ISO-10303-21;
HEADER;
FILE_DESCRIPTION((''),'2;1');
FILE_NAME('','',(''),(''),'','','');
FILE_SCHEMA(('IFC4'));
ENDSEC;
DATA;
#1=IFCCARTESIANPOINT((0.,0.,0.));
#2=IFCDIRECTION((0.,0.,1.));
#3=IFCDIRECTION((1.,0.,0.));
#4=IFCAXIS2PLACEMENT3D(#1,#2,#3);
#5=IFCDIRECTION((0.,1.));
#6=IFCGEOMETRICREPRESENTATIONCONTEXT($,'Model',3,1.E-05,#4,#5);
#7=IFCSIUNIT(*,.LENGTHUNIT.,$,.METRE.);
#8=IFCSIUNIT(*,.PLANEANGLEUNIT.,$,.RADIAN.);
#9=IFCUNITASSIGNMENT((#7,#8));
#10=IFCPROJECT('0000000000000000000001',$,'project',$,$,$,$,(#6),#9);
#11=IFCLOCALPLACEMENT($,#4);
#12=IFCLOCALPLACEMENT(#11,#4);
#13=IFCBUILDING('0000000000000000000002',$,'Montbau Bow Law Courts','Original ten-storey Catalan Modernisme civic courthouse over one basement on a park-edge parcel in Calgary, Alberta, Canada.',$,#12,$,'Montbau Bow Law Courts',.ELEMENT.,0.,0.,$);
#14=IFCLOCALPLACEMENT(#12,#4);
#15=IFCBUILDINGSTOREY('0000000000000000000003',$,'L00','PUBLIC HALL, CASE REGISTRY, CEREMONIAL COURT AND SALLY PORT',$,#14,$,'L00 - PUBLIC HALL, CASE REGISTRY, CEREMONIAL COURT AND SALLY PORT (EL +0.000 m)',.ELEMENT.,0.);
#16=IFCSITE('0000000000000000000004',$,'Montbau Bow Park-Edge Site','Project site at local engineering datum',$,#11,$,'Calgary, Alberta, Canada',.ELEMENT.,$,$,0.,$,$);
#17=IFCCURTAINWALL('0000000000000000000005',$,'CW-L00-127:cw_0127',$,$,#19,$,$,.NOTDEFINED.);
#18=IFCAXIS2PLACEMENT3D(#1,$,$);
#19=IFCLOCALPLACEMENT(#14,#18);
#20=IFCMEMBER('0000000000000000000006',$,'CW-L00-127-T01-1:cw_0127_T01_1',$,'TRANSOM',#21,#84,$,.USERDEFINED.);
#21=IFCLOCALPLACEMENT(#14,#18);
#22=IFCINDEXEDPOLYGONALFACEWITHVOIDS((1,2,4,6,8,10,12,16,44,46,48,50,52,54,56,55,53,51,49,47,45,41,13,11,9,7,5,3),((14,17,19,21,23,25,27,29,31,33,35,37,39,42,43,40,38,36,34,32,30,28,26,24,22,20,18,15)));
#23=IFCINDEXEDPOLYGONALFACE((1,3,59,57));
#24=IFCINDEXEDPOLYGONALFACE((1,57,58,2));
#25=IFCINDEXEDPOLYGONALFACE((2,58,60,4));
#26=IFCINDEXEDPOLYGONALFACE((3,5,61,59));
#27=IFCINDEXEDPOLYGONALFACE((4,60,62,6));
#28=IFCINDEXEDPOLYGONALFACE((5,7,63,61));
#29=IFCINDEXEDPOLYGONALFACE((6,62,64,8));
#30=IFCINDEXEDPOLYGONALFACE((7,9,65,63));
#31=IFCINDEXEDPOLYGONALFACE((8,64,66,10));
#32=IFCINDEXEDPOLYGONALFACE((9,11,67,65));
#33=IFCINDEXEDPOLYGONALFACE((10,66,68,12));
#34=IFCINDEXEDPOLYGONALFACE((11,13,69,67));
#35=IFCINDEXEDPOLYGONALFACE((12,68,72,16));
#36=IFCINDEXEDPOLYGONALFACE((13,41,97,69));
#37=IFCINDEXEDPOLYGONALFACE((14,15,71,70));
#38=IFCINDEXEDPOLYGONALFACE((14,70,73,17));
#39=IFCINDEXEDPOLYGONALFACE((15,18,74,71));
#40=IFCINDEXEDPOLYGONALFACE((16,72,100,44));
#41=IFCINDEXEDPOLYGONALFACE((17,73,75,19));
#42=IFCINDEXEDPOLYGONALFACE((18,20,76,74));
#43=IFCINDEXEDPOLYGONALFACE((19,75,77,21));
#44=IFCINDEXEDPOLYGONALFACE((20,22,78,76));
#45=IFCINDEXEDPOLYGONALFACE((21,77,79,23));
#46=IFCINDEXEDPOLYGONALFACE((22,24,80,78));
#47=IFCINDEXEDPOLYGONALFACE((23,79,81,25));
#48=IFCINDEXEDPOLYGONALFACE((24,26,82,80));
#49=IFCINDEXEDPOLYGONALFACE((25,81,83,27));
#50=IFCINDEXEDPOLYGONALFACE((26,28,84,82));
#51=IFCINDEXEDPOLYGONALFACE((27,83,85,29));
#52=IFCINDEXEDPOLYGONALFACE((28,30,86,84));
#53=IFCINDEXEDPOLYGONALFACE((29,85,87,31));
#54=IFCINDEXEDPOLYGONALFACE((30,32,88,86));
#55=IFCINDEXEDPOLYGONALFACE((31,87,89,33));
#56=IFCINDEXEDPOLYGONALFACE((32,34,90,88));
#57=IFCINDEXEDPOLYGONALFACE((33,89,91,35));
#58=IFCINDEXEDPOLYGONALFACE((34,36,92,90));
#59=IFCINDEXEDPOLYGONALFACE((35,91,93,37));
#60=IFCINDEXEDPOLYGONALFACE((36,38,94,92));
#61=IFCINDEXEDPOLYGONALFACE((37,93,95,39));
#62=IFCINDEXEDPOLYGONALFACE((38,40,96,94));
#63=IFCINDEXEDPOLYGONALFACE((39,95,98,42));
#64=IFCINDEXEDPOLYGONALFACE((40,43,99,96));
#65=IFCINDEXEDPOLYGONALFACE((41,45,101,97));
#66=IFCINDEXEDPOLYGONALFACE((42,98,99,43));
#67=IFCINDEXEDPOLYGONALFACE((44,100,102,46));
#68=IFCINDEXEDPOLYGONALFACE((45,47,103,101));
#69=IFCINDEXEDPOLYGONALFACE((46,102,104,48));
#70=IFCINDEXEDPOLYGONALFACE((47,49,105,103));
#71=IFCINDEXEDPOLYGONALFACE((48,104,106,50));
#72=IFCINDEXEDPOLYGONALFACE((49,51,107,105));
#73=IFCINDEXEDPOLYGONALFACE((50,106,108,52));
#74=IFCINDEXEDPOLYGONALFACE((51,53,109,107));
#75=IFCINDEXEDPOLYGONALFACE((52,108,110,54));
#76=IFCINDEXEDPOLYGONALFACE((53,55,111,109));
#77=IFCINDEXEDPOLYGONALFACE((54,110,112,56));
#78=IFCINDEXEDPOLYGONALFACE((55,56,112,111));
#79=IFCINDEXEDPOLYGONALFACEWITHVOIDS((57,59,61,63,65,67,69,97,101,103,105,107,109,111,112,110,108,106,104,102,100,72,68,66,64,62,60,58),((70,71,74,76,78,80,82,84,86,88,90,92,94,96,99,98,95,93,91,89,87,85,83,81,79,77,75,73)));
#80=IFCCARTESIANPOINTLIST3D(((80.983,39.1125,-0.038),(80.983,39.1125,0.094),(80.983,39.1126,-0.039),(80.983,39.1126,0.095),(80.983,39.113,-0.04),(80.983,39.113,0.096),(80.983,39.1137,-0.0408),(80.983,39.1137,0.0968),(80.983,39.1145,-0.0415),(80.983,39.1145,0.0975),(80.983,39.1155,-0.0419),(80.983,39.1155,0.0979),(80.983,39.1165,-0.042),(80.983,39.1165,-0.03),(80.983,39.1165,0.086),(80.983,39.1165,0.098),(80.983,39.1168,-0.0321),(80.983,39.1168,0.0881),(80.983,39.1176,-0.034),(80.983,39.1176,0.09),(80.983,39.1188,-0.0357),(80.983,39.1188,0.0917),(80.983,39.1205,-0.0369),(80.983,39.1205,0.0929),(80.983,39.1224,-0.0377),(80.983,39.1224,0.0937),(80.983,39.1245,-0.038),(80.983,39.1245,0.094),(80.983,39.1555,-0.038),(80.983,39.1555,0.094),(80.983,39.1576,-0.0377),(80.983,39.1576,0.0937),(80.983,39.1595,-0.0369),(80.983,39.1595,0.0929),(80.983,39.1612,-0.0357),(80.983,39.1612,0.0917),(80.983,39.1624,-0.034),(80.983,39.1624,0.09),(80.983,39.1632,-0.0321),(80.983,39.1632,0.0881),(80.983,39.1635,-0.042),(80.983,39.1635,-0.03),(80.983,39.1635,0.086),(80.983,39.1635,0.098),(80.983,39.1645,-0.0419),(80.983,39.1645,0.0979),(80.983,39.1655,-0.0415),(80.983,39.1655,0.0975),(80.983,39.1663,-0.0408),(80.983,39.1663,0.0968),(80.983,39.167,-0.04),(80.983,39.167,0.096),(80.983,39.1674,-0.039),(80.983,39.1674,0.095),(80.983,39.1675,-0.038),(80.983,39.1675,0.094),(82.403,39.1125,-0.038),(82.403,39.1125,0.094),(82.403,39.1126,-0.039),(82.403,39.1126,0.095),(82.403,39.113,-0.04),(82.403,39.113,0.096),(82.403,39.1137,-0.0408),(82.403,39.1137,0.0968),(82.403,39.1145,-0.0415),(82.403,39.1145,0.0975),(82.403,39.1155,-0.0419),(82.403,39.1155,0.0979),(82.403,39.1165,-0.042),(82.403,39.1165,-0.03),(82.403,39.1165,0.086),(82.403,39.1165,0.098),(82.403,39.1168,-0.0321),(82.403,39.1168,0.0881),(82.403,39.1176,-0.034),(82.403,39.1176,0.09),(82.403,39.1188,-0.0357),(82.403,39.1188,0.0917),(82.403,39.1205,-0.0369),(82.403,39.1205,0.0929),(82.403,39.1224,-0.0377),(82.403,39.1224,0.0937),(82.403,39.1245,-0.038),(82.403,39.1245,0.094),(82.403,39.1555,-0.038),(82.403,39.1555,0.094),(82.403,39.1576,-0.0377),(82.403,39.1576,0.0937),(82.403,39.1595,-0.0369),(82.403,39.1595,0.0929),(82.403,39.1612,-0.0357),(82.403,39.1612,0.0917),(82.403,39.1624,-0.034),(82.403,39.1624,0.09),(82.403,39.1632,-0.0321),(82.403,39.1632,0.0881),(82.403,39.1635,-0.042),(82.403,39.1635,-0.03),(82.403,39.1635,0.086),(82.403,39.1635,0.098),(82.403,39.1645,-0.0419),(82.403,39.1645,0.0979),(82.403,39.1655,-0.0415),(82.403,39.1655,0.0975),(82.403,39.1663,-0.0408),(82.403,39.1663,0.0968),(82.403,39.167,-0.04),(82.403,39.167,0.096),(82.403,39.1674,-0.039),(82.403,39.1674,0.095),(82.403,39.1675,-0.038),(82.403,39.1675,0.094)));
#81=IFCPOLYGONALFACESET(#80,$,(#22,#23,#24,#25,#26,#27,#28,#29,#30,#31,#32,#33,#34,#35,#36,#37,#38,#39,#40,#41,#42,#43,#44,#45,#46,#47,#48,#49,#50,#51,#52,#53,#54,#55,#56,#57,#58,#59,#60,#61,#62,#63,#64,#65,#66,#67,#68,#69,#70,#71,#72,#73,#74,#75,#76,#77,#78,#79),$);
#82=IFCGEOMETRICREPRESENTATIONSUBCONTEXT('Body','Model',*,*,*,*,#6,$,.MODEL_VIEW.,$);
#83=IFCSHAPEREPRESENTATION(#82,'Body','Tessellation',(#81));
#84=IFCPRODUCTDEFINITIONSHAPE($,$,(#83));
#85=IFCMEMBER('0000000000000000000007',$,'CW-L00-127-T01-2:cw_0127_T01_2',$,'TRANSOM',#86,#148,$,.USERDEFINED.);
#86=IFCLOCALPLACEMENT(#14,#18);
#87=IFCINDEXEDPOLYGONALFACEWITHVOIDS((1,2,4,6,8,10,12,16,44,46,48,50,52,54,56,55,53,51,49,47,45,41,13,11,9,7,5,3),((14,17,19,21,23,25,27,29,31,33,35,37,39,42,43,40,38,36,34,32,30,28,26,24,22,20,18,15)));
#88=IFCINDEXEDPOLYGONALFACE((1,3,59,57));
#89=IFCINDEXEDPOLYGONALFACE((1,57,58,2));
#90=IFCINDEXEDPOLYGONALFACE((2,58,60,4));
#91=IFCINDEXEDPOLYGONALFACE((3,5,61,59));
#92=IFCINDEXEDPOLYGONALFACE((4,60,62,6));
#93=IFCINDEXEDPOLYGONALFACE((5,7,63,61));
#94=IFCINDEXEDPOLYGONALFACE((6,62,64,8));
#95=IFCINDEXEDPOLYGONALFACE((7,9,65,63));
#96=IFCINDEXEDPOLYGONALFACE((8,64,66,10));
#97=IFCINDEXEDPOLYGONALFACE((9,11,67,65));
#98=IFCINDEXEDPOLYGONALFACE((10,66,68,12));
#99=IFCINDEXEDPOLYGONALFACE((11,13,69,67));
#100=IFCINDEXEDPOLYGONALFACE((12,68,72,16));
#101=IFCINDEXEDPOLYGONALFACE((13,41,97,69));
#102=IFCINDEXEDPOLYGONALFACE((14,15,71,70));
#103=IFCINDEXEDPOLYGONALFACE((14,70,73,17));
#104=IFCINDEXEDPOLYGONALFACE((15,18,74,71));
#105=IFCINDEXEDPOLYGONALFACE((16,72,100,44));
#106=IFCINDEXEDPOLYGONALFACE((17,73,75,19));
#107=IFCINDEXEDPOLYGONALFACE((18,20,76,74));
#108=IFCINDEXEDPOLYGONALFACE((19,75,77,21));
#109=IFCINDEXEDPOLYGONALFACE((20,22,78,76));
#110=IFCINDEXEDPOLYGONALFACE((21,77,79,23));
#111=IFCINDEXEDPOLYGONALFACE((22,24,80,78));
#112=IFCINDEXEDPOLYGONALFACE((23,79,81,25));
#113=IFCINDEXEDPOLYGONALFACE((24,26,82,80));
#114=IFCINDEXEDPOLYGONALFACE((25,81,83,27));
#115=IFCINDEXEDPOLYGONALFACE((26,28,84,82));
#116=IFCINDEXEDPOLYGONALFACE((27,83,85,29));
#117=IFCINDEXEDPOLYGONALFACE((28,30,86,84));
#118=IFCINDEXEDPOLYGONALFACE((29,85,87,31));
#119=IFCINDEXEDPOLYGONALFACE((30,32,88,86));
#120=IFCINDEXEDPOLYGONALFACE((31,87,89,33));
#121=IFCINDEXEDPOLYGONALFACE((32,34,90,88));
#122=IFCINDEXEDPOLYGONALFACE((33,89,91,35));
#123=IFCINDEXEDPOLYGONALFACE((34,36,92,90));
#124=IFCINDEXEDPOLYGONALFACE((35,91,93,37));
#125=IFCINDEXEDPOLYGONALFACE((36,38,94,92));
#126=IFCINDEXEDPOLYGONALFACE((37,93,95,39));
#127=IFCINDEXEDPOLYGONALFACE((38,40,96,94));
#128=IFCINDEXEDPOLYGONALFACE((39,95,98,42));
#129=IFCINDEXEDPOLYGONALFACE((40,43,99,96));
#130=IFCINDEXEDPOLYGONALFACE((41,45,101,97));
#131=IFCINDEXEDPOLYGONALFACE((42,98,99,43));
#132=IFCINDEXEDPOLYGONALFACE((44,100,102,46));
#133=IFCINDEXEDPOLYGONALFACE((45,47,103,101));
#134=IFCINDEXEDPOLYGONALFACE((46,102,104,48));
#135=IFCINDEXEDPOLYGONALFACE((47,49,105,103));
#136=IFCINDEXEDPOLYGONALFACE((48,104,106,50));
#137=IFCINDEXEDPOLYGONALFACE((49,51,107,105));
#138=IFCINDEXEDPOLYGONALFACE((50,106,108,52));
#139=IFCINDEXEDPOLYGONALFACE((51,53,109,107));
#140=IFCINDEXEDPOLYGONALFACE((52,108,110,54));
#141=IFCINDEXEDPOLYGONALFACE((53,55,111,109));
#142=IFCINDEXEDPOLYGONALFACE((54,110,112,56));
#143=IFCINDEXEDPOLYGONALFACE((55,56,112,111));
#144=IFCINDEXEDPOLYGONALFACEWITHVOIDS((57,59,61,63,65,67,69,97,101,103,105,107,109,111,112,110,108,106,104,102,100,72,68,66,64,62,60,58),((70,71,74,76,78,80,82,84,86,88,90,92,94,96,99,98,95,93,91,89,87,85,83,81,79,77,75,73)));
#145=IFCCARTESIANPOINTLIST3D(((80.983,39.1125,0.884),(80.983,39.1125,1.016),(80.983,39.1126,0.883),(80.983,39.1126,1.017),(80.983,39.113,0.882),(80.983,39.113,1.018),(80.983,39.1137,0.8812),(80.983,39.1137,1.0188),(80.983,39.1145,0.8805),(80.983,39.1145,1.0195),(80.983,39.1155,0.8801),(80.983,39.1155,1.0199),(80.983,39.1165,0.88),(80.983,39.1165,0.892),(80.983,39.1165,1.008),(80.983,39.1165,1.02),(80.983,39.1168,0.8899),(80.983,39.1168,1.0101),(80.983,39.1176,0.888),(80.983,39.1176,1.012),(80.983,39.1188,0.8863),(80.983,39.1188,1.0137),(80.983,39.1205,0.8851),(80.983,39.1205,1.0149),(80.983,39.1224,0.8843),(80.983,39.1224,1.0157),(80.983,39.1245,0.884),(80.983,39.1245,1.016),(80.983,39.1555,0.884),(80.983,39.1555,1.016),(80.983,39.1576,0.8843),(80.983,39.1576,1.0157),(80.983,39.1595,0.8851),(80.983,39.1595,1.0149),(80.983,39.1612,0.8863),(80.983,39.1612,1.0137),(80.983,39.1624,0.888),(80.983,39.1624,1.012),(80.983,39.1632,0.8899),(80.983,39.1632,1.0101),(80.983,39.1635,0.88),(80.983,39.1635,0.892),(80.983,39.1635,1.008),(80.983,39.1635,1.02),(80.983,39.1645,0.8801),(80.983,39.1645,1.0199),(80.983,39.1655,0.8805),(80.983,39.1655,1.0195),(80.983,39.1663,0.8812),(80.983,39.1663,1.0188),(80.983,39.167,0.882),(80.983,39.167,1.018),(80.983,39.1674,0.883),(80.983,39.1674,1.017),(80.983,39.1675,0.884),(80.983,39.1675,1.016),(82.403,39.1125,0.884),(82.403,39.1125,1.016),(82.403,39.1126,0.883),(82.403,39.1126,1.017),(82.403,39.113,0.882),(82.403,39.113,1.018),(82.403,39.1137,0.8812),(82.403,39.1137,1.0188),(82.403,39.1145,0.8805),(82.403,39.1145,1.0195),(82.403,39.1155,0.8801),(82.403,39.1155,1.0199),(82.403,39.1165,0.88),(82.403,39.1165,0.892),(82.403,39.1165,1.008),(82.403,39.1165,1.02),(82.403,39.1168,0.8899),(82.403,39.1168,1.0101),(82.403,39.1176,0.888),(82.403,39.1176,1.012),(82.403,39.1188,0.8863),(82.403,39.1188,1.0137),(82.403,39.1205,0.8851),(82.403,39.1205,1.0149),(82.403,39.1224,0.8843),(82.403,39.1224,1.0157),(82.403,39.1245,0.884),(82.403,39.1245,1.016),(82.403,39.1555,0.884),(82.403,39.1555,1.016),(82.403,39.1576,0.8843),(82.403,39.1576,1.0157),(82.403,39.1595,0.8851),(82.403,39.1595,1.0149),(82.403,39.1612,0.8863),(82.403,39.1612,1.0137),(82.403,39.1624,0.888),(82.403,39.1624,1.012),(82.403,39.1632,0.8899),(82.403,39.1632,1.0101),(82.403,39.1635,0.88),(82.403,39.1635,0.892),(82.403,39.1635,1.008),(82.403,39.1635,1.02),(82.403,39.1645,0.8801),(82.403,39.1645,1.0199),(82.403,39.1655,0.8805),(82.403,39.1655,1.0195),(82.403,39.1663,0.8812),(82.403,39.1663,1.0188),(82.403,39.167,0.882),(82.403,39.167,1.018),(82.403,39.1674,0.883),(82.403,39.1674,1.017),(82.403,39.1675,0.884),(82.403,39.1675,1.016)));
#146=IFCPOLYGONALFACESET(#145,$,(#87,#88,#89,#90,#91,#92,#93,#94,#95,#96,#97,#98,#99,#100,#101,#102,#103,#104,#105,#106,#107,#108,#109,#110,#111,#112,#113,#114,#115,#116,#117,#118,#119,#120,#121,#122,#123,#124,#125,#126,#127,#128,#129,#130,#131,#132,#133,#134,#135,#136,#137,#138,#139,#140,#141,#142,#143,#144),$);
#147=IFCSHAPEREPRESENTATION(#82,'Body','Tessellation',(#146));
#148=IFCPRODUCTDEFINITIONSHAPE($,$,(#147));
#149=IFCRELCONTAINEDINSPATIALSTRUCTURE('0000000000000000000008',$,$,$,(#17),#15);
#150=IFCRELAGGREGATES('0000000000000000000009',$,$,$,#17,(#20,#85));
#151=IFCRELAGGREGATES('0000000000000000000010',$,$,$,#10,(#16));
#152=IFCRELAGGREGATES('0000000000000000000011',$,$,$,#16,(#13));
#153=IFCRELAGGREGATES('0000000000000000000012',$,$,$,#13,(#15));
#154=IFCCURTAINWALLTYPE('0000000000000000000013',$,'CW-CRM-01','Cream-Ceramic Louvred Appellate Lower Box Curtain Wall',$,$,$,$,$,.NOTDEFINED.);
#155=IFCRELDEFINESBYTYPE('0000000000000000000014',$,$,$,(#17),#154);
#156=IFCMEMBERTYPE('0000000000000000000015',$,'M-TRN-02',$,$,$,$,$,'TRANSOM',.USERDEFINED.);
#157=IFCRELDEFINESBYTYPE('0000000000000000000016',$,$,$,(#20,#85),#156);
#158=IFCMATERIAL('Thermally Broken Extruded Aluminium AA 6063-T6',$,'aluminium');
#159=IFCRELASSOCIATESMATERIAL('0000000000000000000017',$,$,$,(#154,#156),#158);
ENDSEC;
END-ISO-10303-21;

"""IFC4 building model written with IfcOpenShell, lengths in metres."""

from ifc_helpers import new_model, si_unit, direction, frame, origin_with_axes, origin_2d_with_axis, place, context, subcontext, project, spatial, hollow_rectangle, extrude, material, material_profile, profile_set, type_object, element, aggregate, save


model = new_model("IFC4")

# Units and contexts
model_context = context("Model", 3, precision=1e-05, world=origin_with_axes(), true_north=direction((0.0, 1.0)))
body_context = subcontext(model_context, "Body", "Model", "MODEL_VIEW")
ifc_project = project(units=[si_unit("LENGTHUNIT", "METRE"), si_unit("PLANEANGLEUNIT", "RADIAN")], contexts=[model_context])

# Site, building, storey
site_placement = place(None, origin_with_axes())
site = spatial("IfcSite", under=ifc_project, at=site_placement, Name="Montbau Bow Park-Edge Site", Description="Project site at local engineering datum", LongName="Calgary, Alberta, Canada", CompositionType="ELEMENT", RefElevation=0.0)
building_placement = place(site_placement, origin_with_axes())
building = spatial("IfcBuilding", under=site, at=building_placement, Name="Montbau Bow Law Courts", Description="Original ten-storey Catalan Modernisme civic courthouse over one basement on a park-edge parcel in Calgary, Alberta, Canada.", LongName="Montbau Bow Law Courts", CompositionType="ELEMENT", ElevationOfRefHeight=0.0, ElevationOfTerrain=0.0)
storey_placement = place(building_placement, origin_with_axes())
storey = spatial("IfcBuildingStorey", under=building, at=storey_placement, Name="L00", Description="PUBLIC HALL, CASE REGISTRY, CEREMONIAL COURT AND SALLY PORT", LongName="L00 - PUBLIC HALL, CASE REGISTRY, CEREMONIAL COURT AND SALLY PORT (EL +0.000 m)", CompositionType="ELEMENT", Elevation=0.0)

# Curtain wall, members
ifc_material_1 = material(Name="Thermally Broken Extruded Aluminium AA 6063-T6", Category="aluminium")
curtain_wall_type = type_object("IfcCurtainWallType", Name="CW-CRM-01", Description="Cream-Ceramic Louvred Appellate Lower Box Curtain Wall", PredefinedType="NOTDEFINED", material=ifc_material_1)
curtain_wall_placement = place(None, frame((80.915, 39.14, 0.0), z_axis=(0.0, 0.0, 1.0), x_axis=(1.0, 0.0, 0.0)))
curtain_wall = element("IfcCurtainWall", 1, at=curtain_wall_placement, inside=storey, type_object=curtain_wall_type, Name="CW-L00-127:cw_0127", PredefinedType="NOTDEFINED")
ifc_material_profile_1 = material_profile(ifc_material_1, hollow_rectangle(XDim=0.055, YDim=0.14, WallThickness=0.004, InnerFilletRadius=0.008, OuterFilletRadius=0.004, at=origin_2d_with_axis()), Name="CWT-140X55", Category="Main", Priority=0)
ifc_profile_set_1 = profile_set([ifc_material_profile_1], Name="Thermally Broken Extruded Aluminium AA 6063-T6")
member_type_1 = type_object("IfcMemberType", Name="M-TRN-02", ElementType="TRANSOM", PredefinedType="USERDEFINED", material=ifc_profile_set_1)
member_1_placement = place(None, frame((80.983, 39.14, 0.028), z_axis=(1.0, 0.0, 0.0), x_axis=(0.0, 1.0, 0.0)))
member_1 = element("IfcMember", 2, at=member_1_placement, type_object=member_type_1, Name="CW-L00-127-T01-1:cw_0127_T01_1", ObjectType="TRANSOM", PredefinedType="USERDEFINED", context=body_context, shape_type="SweptSolid", body=[
    extrude(hollow_rectangle(XDim=0.055, YDim=0.14, WallThickness=0.004, InnerFilletRadius=0.008, OuterFilletRadius=0.004, at=origin_2d_with_axis()), origin_with_axes(), (0.0, 0.0, 1.0), 1.42),
])
member_2_placement = place(None, frame((80.983, 39.14, 0.95), z_axis=(1.0, 0.0, 0.0), x_axis=(0.0, 1.0, 0.0)))
member_2 = element("IfcMember", 3, at=member_2_placement, type_object=member_type_1, Name="CW-L00-127-T01-2:cw_0127_T01_2", ObjectType="TRANSOM", PredefinedType="USERDEFINED", context=body_context, shape_type="SweptSolid", body=[
    extrude(hollow_rectangle(XDim=0.055, YDim=0.14, WallThickness=0.004, InnerFilletRadius=0.008, OuterFilletRadius=0.004, at=origin_2d_with_axis()), origin_with_axes(), (0.0, 0.0, 1.0), 1.42),
])
aggregate(curtain_wall, [member_1, member_2])

save(model, "model.ifc")
